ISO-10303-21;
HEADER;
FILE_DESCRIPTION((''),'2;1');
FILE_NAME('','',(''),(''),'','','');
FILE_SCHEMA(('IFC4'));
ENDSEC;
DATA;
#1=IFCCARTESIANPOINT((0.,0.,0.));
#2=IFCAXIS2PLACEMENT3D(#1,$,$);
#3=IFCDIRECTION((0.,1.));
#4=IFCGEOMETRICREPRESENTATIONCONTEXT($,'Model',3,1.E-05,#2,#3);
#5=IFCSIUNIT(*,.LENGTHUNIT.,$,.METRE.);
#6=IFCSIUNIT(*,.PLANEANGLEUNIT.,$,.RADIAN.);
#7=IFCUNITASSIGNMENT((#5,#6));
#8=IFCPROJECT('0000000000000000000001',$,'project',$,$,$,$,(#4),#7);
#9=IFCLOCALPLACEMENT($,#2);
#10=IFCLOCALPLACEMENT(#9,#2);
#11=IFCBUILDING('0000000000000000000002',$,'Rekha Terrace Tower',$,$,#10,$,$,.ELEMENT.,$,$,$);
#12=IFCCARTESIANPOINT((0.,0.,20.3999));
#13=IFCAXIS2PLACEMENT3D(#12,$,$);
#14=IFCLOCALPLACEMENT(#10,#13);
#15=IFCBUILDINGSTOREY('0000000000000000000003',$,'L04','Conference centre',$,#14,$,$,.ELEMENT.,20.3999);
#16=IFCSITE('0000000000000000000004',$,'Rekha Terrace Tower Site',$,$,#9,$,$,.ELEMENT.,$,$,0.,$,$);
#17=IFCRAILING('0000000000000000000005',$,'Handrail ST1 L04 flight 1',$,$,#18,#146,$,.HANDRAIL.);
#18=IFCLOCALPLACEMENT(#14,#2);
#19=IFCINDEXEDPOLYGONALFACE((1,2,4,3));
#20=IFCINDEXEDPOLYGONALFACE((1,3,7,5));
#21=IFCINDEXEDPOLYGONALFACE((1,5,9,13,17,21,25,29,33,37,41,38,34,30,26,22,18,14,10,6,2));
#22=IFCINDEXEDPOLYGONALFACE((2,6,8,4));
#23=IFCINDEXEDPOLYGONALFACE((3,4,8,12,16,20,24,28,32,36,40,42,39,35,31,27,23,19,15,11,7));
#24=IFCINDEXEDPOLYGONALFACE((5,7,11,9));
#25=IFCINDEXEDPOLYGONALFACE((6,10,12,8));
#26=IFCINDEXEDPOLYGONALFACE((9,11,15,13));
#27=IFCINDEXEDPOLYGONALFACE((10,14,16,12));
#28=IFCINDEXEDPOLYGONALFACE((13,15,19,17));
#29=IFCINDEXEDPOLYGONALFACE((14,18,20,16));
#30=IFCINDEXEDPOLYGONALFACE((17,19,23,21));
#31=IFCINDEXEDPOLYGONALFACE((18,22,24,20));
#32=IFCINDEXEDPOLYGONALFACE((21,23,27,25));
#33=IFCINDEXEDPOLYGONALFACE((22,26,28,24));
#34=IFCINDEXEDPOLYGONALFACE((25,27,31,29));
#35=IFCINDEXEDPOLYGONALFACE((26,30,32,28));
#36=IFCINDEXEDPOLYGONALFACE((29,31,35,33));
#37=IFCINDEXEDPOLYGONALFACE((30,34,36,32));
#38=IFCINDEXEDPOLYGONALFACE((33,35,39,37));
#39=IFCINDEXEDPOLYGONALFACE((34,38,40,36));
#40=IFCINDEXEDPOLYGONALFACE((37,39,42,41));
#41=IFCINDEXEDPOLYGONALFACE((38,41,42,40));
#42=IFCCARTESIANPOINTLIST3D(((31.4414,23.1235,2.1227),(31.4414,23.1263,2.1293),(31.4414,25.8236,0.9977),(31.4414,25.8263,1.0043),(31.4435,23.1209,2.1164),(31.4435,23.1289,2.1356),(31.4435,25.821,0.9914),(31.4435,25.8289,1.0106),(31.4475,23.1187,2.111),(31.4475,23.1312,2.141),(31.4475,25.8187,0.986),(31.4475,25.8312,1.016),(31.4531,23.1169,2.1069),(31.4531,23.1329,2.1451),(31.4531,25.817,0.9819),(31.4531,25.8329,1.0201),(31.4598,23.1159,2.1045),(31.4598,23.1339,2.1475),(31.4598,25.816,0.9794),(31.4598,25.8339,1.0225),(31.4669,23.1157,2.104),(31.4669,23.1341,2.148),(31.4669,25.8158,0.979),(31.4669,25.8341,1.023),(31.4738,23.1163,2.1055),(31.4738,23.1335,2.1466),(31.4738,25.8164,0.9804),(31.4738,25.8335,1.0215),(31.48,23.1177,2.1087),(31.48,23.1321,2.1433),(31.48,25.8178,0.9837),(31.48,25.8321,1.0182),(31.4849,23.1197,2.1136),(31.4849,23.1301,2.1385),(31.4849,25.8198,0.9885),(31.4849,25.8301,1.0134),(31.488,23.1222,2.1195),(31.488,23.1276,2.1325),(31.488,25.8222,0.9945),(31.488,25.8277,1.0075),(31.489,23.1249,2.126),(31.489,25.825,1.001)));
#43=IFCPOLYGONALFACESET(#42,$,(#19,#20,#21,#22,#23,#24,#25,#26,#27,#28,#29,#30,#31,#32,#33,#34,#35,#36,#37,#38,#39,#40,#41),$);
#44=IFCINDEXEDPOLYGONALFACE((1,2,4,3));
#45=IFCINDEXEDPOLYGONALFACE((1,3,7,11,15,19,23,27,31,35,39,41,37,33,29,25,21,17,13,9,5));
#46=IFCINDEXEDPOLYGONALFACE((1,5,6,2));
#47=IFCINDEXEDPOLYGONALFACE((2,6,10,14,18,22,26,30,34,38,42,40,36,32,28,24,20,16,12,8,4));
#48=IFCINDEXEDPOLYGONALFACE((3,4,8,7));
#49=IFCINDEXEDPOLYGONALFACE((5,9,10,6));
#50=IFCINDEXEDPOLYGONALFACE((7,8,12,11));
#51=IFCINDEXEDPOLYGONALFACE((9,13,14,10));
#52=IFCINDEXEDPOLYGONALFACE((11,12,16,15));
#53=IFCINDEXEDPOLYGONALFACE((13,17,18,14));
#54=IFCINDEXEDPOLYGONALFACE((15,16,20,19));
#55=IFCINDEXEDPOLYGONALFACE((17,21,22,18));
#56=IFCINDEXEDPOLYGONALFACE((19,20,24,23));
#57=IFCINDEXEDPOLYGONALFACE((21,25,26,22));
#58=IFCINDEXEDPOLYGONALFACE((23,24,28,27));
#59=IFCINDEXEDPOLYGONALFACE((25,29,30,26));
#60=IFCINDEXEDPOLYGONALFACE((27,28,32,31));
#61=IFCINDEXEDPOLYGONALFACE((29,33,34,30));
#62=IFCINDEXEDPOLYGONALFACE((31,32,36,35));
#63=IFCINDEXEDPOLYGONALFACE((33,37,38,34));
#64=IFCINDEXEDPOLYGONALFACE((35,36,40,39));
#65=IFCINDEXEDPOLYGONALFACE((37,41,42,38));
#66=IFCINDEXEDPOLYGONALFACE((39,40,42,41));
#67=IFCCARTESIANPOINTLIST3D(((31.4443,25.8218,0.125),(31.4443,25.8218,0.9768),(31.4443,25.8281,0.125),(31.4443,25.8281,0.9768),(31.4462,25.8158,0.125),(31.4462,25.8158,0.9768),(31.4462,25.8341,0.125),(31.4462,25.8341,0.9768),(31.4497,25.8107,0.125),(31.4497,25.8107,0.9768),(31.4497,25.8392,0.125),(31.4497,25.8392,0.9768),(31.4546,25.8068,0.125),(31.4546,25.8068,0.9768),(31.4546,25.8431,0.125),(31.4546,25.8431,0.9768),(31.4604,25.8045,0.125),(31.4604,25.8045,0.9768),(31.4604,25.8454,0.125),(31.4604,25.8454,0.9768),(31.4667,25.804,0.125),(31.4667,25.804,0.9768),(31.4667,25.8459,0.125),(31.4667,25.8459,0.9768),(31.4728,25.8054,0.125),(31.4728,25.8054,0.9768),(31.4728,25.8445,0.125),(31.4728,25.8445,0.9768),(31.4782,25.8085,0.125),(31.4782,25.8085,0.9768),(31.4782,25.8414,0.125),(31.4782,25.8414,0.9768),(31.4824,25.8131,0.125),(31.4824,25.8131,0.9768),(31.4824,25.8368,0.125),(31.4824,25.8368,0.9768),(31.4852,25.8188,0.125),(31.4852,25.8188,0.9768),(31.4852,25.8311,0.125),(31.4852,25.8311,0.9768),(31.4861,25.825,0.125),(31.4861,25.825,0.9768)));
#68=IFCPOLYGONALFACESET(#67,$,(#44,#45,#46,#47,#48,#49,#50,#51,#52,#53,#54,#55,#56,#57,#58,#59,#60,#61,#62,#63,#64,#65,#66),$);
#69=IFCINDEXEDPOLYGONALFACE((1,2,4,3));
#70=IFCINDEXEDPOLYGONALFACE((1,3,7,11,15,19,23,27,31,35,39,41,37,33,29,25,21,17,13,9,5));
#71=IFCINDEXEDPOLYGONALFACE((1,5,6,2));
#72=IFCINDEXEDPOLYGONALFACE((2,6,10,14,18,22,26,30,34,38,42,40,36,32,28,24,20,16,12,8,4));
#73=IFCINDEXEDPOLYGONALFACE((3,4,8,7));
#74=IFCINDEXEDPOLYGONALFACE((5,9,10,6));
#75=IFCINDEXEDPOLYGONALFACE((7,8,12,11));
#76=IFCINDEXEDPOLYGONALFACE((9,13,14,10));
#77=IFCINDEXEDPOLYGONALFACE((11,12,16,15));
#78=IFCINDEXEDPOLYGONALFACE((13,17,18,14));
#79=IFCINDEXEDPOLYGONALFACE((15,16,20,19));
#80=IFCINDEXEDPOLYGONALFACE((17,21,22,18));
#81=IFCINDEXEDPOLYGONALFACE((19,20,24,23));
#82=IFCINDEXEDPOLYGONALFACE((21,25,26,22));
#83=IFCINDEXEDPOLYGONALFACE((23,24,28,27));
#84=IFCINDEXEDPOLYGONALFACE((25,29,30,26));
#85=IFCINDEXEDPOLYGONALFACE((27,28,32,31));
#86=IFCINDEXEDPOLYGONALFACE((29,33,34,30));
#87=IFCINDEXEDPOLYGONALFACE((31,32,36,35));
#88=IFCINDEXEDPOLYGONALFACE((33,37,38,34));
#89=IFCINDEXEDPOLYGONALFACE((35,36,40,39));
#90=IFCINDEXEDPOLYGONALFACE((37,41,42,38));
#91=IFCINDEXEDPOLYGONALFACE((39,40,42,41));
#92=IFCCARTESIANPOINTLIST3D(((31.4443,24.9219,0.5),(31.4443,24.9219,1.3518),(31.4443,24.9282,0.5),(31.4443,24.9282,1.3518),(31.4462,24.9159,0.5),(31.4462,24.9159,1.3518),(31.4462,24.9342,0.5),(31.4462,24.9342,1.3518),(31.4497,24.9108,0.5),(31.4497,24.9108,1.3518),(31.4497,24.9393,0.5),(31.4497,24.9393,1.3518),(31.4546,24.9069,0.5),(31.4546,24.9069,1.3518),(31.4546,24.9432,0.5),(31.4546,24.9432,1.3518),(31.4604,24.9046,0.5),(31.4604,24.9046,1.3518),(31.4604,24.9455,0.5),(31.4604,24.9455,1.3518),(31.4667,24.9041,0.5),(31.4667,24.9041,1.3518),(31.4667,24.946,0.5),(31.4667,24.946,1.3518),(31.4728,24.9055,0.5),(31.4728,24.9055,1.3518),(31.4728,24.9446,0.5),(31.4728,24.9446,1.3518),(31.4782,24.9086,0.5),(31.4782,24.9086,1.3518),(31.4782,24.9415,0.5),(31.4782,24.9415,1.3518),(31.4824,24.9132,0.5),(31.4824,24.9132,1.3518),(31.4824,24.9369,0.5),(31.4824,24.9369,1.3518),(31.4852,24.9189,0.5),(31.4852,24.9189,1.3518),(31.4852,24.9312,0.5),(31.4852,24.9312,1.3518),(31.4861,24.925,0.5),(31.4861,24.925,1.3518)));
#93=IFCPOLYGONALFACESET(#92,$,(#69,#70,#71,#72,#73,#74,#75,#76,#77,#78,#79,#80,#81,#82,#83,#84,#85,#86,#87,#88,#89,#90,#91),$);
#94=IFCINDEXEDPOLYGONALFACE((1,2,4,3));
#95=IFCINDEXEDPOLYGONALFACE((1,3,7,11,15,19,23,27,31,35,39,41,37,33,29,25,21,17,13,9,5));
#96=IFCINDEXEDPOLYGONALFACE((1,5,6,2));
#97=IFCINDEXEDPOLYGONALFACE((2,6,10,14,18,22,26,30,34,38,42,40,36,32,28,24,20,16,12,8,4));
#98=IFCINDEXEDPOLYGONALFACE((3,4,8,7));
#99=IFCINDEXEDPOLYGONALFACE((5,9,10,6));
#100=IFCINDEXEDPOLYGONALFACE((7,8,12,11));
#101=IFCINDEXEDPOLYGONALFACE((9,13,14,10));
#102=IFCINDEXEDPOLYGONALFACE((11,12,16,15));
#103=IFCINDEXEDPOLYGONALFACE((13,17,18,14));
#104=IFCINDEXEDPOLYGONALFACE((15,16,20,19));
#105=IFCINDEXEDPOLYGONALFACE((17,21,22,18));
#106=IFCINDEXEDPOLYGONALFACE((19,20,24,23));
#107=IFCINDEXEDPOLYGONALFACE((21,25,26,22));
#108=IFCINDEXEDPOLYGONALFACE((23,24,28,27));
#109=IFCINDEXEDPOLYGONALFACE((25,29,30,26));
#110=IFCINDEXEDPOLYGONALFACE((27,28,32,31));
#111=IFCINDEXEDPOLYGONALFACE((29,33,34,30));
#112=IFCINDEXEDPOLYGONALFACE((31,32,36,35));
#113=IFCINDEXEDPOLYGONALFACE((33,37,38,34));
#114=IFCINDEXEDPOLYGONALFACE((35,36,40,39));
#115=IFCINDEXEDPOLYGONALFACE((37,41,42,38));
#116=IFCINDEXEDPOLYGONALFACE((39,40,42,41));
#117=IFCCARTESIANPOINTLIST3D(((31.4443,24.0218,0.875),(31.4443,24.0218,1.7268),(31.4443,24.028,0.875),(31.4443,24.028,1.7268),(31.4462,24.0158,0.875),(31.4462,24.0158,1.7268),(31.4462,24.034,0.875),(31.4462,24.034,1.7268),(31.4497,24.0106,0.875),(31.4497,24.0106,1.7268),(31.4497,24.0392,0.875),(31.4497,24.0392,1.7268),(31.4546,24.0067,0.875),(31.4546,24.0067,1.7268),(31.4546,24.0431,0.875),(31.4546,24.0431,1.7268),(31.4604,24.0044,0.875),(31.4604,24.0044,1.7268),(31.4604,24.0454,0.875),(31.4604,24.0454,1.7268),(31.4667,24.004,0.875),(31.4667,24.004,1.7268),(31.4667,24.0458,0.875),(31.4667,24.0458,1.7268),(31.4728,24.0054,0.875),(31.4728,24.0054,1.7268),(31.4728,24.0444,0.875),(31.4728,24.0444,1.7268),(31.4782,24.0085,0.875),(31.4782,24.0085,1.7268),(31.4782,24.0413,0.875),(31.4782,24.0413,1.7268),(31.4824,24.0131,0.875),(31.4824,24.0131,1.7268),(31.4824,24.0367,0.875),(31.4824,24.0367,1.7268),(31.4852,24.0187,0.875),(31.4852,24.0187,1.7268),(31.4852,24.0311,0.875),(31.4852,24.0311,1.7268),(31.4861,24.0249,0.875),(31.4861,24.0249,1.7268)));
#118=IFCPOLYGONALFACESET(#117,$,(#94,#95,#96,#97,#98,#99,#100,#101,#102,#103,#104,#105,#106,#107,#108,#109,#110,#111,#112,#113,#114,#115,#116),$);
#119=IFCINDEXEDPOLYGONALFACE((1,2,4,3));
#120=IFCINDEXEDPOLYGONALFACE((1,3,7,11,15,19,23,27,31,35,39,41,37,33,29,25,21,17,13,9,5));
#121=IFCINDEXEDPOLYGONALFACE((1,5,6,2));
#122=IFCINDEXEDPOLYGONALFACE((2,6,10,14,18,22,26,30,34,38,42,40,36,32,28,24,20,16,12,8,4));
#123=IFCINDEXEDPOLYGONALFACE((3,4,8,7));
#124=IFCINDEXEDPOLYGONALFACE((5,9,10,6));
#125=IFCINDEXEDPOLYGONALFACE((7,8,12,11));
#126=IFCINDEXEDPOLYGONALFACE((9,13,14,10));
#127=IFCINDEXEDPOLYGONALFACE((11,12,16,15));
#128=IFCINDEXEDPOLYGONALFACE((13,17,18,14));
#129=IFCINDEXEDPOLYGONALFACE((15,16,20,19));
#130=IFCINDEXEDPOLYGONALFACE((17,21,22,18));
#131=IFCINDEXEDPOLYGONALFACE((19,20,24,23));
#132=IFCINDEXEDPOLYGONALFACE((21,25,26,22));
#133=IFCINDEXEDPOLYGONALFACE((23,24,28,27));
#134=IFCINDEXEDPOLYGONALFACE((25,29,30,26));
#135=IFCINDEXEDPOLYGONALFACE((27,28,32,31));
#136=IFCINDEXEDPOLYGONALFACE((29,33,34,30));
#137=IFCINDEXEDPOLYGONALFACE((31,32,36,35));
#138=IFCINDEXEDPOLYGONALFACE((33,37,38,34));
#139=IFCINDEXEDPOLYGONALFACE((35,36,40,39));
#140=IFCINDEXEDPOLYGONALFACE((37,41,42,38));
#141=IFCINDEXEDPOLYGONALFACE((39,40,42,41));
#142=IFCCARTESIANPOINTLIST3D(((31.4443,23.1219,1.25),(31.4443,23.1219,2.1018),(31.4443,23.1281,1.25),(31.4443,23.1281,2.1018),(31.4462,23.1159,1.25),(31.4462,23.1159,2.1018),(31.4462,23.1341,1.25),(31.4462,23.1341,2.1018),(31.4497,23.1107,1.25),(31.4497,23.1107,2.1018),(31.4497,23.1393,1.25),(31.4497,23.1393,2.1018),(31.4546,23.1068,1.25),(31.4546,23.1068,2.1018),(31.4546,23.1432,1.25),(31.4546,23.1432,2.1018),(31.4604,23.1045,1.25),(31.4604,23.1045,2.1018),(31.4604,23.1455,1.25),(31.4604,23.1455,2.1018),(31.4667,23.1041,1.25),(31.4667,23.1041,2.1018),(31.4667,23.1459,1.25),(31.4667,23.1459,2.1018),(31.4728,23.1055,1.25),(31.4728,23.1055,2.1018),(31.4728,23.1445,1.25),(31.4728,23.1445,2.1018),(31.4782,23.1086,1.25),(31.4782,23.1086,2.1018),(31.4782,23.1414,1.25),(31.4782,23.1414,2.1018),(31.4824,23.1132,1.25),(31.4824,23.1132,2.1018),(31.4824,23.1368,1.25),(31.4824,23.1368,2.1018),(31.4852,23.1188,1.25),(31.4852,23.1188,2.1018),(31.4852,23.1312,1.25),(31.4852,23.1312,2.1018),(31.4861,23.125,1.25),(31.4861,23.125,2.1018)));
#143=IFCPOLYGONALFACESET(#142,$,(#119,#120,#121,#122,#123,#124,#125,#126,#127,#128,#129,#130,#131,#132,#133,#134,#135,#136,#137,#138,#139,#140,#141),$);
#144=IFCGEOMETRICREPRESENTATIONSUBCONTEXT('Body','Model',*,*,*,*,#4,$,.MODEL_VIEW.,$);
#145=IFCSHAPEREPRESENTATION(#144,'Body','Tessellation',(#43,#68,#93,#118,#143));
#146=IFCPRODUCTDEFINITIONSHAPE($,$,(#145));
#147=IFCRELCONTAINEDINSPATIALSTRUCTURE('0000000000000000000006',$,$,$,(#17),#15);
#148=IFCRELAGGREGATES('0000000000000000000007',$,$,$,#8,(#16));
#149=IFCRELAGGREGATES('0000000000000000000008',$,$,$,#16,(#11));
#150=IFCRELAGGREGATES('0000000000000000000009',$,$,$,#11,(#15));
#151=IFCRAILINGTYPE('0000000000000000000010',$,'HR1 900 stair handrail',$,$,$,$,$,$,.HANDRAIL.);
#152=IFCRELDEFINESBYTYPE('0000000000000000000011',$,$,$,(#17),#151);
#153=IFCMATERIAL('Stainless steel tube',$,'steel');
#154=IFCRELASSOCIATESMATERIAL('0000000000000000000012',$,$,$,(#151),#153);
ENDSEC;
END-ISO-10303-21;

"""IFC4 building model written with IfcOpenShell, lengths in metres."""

from ifc_helpers import new_model, si_unit, direction, frame, origin, origin_2d, place, context, subcontext, project, spatial, circle, extrude, material, type_object, element, save


model = new_model("IFC4")

# Units and contexts
model_context = context("Model", 3, precision=1e-05, world=origin(), true_north=direction((0.0, 1.0)))
body_context = subcontext(model_context, "Body", "Model", "MODEL_VIEW")
ifc_project = project(units=[si_unit("LENGTHUNIT", "METRE"), si_unit("PLANEANGLEUNIT", "RADIAN")], contexts=[model_context])

# Site, building, storey
site_placement = place(None, origin())
site = spatial("IfcSite", under=ifc_project, at=site_placement, Name="Rekha Terrace Tower Site", CompositionType="ELEMENT", RefElevation=0.0)
building_placement = place(site_placement, origin())
building = spatial("IfcBuilding", under=site, at=building_placement, Name="Rekha Terrace Tower", CompositionType="ELEMENT")
storey_placement = place(building_placement, frame((0.0, 0.0, 20.3999)))
storey = spatial("IfcBuildingStorey", under=building, at=storey_placement, Name="L04", Description="Conference centre", CompositionType="ELEMENT", Elevation=20.3999)

# Railing
ifc_material_1 = material(Name="Stainless steel tube", Category="steel")
railing_type_1 = type_object("IfcRailingType", Name="HR1 900 stair handrail", PredefinedType="HANDRAIL", material=ifc_material_1)
railing_1_placement = place(storey_placement, frame((31.4651, 25.825, 0.125)))
element("IfcRailing", 1, at=railing_1_placement, inside=storey, type_object=railing_type_1, Name="Handrail ST1 L04 flight 1", PredefinedType="HANDRAIL", context=body_context, shape_type="SweptSolid", body=[
    extrude(circle(Radius=0.0239, at=origin_2d()), frame((0.0, 0.0, 0.876), z_axis=(0.0, -0.923074, 0.384621), x_axis=(1.0, 0.0, 0.0)), (0.0, 0.0, 1.0), 2.925),
    extrude(circle(Radius=0.021, at=origin_2d()), origin(), (0.0, 0.0, 1.0), 0.8518),
    extrude(circle(Radius=0.021, at=origin_2d()), frame((0.0, -0.8999, 0.375)), (0.0, 0.0, 1.0), 0.8518),
    extrude(circle(Radius=0.021, at=origin_2d()), frame((0.0, -1.8, 0.75)), (0.0, 0.0, 1.0), 0.8518),
    extrude(circle(Radius=0.021, at=origin_2d()), frame((0.0, -2.7, 1.125)), (0.0, 0.0, 1.0), 0.8518),
])

save(model, "model.ifc")
